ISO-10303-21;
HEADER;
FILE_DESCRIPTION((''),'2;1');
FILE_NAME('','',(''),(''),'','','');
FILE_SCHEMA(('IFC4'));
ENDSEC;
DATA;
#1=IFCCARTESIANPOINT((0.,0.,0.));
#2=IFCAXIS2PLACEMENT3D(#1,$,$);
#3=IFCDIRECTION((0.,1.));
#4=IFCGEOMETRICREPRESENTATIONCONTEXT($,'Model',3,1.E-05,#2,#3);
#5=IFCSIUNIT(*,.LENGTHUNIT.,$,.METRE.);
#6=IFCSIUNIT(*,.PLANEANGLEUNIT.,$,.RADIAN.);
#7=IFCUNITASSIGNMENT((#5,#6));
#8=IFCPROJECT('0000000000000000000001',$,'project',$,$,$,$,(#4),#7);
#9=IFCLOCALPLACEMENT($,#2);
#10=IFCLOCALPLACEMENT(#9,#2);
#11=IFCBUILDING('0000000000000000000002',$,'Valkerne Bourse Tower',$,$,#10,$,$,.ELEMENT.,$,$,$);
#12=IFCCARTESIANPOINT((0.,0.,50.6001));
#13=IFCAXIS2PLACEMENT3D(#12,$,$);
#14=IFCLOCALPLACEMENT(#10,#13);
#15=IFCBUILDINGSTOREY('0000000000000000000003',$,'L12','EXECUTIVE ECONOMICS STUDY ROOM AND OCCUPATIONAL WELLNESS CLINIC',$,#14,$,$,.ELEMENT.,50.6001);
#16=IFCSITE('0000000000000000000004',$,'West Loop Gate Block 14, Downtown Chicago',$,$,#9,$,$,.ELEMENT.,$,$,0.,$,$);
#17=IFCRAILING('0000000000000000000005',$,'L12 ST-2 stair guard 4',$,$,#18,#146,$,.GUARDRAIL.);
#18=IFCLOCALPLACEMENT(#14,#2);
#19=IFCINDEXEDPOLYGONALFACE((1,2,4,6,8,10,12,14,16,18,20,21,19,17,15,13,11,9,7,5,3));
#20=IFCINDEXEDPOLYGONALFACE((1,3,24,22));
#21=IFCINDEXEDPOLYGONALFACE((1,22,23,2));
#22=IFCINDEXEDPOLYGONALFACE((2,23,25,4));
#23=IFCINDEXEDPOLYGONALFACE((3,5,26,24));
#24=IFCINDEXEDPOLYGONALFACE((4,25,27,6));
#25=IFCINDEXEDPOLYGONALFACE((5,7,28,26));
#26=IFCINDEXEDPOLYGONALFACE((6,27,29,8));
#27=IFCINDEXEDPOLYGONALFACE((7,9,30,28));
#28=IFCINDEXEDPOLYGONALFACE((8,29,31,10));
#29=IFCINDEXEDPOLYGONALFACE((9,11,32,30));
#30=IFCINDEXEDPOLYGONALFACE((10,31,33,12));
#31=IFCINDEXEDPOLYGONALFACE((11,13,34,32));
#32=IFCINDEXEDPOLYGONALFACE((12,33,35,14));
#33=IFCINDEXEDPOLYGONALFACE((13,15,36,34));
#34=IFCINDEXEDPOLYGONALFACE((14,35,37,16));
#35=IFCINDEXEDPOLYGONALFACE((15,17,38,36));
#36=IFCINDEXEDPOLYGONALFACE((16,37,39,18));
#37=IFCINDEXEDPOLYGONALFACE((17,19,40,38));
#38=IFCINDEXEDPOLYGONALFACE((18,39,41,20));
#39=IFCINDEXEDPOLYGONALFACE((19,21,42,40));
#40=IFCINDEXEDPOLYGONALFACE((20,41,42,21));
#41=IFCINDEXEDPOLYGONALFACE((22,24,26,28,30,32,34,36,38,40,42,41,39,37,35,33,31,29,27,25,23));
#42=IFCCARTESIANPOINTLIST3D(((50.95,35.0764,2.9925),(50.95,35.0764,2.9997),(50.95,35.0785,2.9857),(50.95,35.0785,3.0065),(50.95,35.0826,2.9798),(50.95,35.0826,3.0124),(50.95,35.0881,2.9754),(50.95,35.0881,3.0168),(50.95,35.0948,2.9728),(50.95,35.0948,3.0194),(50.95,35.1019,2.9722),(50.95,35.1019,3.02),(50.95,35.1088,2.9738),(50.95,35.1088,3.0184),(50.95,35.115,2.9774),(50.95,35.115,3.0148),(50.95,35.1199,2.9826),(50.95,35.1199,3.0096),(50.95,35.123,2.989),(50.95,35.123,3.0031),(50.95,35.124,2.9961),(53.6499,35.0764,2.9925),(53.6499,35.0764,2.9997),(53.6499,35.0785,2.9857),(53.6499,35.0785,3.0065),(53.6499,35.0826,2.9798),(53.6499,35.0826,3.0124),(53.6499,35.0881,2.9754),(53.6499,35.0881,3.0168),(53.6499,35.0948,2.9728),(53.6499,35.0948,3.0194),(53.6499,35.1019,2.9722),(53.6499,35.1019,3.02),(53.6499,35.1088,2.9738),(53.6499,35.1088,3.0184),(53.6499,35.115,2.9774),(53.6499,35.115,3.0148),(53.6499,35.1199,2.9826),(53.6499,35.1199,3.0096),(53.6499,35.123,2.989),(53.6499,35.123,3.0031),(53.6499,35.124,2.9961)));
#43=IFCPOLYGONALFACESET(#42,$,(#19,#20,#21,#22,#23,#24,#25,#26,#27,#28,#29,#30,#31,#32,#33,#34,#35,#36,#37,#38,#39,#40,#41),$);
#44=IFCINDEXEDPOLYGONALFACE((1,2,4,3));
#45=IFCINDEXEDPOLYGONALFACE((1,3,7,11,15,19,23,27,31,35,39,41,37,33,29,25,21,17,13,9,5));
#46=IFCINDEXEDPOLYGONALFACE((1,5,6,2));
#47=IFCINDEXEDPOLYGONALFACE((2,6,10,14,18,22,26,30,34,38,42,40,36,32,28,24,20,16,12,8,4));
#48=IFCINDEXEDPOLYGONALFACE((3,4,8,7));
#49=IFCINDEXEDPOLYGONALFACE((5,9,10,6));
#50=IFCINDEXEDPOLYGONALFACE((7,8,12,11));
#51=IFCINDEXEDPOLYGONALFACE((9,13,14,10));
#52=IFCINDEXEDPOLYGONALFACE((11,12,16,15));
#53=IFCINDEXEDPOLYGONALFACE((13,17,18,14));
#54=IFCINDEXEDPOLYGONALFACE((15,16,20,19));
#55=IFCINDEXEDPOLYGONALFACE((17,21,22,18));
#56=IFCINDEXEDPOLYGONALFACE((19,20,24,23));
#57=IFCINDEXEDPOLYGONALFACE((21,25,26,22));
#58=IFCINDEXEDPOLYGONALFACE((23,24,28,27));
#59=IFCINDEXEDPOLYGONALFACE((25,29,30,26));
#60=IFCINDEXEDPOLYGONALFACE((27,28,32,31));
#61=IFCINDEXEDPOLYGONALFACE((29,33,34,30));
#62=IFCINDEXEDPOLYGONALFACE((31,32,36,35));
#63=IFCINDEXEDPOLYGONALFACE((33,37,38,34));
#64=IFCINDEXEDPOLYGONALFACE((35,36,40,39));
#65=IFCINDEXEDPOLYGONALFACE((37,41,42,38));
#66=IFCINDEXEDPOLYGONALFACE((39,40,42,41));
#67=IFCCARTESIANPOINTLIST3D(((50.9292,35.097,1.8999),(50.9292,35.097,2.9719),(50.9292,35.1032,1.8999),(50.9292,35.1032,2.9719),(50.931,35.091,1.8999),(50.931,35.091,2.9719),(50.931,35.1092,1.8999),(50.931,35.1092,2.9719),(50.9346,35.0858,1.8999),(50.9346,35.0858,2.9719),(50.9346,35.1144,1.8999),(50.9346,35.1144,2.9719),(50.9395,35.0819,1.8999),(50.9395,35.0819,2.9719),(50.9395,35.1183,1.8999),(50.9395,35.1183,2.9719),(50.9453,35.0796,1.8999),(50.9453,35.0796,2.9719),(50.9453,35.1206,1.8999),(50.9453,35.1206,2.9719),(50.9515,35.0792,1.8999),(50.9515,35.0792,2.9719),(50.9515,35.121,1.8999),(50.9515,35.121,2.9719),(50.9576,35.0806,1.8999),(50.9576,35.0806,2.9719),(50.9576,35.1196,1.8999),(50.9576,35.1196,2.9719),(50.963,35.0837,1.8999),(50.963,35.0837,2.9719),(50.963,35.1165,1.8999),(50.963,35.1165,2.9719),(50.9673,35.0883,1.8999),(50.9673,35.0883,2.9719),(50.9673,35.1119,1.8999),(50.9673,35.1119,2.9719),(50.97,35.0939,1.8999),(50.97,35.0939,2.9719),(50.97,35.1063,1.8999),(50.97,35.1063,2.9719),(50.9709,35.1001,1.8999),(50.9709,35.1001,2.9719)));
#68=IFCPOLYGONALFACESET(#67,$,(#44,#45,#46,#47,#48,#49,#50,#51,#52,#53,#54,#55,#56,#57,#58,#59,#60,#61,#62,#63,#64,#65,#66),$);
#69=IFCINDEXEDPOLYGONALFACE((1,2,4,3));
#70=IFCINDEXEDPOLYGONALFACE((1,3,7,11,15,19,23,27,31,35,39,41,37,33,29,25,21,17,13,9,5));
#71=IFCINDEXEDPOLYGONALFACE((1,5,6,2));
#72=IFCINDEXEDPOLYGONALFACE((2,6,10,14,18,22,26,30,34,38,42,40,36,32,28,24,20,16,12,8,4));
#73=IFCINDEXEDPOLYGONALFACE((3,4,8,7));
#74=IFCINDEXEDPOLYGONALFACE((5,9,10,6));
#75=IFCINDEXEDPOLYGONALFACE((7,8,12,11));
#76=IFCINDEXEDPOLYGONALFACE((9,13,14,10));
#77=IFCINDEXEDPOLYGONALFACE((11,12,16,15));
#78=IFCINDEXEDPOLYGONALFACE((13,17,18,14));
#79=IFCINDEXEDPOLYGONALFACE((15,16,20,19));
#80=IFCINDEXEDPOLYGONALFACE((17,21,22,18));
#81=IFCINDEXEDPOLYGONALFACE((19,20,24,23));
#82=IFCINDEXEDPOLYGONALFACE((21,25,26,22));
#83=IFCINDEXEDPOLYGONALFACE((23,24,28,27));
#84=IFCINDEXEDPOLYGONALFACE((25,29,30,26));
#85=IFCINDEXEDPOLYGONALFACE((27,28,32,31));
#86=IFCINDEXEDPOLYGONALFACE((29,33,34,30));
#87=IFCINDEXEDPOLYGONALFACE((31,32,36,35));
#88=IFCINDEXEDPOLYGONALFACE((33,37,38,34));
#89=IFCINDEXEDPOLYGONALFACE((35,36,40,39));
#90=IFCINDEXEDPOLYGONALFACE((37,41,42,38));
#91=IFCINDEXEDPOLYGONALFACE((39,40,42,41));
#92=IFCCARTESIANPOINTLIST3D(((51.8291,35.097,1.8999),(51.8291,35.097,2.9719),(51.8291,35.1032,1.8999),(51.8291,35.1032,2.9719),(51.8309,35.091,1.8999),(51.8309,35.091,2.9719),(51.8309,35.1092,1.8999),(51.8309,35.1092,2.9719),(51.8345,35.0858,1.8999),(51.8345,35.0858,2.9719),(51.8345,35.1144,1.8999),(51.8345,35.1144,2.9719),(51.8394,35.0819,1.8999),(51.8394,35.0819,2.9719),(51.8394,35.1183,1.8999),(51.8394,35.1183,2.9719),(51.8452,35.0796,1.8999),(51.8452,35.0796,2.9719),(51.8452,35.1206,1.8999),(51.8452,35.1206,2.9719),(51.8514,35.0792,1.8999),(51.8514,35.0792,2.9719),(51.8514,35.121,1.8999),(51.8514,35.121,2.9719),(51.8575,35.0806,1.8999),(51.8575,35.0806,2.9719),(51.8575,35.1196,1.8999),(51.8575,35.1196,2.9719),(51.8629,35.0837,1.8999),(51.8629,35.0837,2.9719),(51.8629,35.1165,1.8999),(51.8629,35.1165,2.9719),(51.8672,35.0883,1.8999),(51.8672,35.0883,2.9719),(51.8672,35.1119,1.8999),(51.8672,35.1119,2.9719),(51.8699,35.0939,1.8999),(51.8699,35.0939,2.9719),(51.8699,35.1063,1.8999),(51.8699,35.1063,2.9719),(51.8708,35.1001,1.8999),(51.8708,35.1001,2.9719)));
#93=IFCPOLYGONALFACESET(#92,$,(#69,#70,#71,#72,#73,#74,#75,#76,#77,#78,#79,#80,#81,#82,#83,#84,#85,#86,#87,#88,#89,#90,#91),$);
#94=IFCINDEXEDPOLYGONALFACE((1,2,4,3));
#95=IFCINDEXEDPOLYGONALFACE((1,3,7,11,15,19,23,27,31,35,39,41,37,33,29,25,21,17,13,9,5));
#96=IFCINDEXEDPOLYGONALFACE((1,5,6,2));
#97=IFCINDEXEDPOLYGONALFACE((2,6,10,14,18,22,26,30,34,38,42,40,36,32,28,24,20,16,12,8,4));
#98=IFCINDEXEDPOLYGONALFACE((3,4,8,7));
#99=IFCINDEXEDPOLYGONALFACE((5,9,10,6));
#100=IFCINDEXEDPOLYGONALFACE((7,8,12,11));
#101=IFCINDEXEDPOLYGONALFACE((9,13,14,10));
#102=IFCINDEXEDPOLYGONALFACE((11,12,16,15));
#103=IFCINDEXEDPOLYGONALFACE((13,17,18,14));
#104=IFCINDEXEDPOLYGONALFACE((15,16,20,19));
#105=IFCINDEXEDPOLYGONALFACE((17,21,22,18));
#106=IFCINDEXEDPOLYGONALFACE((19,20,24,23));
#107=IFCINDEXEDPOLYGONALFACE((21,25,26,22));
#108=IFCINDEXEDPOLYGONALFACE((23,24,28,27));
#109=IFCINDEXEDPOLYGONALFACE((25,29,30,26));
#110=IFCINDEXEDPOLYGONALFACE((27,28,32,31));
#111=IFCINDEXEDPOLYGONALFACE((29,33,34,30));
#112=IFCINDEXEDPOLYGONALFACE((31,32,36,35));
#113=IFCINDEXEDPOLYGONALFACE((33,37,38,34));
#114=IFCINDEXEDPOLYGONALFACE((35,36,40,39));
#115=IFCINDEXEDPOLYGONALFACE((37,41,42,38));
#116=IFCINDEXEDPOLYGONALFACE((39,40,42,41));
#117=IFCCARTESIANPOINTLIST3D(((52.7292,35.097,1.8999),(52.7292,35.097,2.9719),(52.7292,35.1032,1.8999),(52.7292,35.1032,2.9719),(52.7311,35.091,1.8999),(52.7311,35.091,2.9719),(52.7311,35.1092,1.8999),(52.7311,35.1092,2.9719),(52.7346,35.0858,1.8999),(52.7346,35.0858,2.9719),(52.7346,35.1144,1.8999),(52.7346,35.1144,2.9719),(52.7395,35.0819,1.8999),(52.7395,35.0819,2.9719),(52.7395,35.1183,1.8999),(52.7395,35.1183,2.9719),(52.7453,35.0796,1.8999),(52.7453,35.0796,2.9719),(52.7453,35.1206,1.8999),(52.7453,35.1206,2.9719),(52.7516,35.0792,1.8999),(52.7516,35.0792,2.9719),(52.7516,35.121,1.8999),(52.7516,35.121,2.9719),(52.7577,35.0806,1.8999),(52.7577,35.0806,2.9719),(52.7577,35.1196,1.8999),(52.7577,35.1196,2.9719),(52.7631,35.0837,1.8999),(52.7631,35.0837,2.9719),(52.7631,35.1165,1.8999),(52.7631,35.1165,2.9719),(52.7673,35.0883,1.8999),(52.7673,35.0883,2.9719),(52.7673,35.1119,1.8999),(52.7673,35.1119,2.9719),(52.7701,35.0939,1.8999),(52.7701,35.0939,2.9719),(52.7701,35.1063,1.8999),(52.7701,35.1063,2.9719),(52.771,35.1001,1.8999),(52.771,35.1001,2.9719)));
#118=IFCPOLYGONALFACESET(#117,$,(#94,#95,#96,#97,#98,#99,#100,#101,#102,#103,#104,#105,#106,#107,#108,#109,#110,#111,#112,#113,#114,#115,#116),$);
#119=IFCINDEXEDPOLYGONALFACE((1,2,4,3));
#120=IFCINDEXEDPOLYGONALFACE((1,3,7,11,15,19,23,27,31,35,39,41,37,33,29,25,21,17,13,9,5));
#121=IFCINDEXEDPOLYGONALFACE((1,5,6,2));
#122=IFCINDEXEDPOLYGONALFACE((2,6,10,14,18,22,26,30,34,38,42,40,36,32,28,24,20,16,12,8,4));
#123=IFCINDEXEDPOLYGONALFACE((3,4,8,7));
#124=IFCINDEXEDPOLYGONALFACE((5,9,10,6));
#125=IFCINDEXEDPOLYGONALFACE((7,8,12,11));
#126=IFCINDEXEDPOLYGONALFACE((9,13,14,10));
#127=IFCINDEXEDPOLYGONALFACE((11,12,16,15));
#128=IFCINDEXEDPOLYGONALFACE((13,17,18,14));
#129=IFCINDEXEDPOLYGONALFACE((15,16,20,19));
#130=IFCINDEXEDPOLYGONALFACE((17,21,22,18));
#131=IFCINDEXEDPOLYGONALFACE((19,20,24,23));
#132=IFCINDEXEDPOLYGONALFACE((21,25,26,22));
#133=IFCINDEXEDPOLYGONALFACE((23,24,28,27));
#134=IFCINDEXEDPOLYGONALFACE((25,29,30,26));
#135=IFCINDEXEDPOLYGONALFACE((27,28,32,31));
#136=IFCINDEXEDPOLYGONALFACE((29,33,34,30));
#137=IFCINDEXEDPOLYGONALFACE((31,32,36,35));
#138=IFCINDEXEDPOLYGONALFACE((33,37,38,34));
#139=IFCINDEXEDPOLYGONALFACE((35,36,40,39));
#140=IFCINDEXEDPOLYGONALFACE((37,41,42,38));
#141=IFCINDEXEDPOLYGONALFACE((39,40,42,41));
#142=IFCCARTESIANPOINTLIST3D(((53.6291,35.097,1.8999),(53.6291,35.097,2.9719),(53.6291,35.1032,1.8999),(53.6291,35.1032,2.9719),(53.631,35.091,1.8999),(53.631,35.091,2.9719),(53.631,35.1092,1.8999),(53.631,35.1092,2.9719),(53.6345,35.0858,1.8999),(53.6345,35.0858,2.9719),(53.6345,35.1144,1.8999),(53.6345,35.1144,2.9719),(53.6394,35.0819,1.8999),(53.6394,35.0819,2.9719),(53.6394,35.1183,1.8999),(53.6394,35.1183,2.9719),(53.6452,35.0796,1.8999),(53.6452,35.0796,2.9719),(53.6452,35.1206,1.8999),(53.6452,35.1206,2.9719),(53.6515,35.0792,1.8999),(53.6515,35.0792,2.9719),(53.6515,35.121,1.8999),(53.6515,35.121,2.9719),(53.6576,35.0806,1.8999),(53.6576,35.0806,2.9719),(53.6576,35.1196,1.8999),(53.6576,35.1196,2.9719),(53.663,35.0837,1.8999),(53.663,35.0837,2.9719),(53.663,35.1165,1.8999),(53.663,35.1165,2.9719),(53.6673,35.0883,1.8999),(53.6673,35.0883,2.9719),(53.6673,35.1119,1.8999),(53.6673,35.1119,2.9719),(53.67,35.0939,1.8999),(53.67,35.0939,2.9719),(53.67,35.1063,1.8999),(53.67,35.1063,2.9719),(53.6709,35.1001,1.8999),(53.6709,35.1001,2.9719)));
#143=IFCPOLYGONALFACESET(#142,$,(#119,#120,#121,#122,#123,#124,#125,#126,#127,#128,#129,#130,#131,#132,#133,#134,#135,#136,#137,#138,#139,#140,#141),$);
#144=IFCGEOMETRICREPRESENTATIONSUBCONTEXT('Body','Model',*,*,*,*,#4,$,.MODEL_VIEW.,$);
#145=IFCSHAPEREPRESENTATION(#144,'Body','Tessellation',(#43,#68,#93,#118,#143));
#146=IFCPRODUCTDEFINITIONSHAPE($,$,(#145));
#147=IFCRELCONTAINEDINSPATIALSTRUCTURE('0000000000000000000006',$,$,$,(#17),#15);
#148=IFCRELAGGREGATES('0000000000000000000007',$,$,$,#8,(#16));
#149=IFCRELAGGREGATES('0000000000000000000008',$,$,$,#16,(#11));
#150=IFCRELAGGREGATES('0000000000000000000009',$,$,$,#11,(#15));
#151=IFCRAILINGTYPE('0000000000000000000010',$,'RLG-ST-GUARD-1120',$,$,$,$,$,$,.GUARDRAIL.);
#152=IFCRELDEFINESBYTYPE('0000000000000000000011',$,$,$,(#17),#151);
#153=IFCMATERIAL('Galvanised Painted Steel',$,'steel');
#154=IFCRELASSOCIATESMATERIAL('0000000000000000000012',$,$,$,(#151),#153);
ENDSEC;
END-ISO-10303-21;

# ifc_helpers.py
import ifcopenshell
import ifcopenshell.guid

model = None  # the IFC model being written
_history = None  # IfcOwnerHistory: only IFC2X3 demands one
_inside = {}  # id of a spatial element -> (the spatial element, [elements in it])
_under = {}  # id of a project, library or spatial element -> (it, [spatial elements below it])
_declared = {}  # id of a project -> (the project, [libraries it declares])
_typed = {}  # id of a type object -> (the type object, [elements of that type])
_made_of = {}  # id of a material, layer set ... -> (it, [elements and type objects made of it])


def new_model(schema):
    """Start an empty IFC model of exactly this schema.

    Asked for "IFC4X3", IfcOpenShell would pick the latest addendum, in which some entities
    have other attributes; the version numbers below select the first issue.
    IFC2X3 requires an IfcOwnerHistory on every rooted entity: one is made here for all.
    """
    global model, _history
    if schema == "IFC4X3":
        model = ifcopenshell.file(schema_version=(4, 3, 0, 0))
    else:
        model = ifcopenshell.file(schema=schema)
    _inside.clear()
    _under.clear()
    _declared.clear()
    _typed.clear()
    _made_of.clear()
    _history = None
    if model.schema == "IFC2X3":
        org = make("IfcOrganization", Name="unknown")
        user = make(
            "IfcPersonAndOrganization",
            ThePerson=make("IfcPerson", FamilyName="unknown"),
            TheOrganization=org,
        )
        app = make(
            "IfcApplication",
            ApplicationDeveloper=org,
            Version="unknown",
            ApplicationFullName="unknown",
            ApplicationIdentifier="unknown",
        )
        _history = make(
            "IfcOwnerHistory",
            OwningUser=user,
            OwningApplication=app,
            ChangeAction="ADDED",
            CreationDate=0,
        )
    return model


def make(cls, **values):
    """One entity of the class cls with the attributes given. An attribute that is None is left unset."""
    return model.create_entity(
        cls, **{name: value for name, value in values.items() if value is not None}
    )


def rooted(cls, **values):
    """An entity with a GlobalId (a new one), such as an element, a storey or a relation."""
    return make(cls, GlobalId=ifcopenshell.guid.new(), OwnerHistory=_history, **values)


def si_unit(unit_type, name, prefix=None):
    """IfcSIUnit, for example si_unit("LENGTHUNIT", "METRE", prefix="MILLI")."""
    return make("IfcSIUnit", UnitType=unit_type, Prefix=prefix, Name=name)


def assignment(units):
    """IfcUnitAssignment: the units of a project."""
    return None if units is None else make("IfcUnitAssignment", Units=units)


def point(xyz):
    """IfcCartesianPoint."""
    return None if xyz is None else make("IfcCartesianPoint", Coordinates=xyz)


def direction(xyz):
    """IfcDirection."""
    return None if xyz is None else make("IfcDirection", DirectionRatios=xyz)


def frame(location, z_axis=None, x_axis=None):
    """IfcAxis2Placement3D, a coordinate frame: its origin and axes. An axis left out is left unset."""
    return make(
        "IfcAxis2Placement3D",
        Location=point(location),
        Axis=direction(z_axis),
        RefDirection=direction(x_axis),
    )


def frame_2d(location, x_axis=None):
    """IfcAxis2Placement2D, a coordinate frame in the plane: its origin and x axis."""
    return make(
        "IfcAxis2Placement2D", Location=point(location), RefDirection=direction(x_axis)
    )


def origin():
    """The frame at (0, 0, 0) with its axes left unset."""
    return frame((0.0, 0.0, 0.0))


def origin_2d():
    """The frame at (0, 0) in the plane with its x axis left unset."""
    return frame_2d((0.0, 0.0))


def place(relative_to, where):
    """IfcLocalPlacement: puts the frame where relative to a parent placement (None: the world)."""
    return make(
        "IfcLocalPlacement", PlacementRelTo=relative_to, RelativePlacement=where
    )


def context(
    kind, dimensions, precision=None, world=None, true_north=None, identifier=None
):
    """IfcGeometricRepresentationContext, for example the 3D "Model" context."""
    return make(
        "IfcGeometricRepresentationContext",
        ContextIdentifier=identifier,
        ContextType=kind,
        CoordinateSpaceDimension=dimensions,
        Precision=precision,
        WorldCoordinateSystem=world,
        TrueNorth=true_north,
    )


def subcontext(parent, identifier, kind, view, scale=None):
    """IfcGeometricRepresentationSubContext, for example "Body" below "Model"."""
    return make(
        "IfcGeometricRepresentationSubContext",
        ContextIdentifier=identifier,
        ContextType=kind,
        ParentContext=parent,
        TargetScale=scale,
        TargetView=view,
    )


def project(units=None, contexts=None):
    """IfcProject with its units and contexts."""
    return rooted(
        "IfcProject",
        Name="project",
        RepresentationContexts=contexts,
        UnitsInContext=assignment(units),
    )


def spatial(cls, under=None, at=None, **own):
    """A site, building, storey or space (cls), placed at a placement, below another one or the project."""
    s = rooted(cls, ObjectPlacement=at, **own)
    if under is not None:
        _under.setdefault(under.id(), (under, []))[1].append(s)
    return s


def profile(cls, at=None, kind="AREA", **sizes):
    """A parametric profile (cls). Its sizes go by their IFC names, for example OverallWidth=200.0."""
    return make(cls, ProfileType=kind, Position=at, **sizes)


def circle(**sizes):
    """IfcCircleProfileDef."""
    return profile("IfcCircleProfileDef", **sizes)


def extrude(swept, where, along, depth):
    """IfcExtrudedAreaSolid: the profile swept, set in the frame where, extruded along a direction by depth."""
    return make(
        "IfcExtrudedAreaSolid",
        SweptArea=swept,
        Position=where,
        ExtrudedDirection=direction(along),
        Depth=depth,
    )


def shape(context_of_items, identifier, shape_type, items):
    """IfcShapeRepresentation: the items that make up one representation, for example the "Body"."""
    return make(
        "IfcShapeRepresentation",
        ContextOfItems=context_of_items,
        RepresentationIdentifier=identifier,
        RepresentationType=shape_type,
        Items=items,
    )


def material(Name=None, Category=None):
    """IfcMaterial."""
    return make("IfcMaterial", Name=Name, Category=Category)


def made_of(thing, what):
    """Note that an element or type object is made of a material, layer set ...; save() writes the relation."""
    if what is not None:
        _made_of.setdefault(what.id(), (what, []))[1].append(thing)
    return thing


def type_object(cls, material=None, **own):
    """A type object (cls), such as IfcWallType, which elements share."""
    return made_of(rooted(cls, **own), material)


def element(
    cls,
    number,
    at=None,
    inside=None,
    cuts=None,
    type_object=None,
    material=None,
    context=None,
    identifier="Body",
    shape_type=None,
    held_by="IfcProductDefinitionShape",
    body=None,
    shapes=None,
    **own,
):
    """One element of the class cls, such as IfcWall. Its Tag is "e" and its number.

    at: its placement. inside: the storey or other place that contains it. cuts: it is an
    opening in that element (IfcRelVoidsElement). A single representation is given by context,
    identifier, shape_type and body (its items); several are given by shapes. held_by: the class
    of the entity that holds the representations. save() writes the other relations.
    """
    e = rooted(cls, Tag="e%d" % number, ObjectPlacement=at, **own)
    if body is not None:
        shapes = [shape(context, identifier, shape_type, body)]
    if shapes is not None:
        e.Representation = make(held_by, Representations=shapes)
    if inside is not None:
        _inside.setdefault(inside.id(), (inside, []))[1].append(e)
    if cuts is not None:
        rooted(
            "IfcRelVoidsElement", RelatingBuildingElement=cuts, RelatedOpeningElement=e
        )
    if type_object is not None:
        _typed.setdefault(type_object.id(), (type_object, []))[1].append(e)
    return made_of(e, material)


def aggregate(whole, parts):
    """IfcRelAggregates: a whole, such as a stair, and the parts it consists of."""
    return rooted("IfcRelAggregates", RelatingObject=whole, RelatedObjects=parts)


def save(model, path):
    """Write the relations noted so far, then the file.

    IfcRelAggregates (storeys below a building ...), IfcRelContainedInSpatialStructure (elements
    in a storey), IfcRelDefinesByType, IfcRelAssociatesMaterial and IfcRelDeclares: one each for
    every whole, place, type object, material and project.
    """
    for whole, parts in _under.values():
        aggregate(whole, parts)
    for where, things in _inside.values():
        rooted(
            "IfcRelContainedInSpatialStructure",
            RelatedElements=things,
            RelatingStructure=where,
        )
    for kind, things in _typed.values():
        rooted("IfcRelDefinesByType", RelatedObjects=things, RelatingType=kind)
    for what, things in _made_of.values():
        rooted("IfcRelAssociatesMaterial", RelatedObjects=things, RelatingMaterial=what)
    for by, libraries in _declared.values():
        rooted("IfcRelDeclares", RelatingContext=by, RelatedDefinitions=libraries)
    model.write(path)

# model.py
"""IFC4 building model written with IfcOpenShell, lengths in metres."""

from ifc_helpers import new_model, si_unit, direction, frame, origin, origin_2d, place, context, subcontext, project, spatial, circle, extrude, material, type_object, element, save


model = new_model("IFC4")

# Units and contexts
model_context = context("Model", 3, precision=1e-05, world=origin(), true_north=direction((0.0, 1.0)))
body_context = subcontext(model_context, "Body", "Model", "MODEL_VIEW")
ifc_project = project(units=[si_unit("LENGTHUNIT", "METRE"), si_unit("PLANEANGLEUNIT", "RADIAN")], contexts=[model_context])

# Site, building, storey
site_placement = place(None, origin())
site = spatial("IfcSite", under=ifc_project, at=site_placement, Name="West Loop Gate Block 14, Downtown Chicago", CompositionType="ELEMENT", RefElevation=0.0)
building_placement = place(site_placement, origin())
building = spatial("IfcBuilding", under=site, at=building_placement, Name="Valkerne Bourse Tower", CompositionType="ELEMENT")
storey_placement = place(building_placement, frame((0.0, 0.0, 50.6001)))
storey = spatial("IfcBuildingStorey", under=building, at=storey_placement, Name="L12", Description="EXECUTIVE ECONOMICS STUDY ROOM AND OCCUPATIONAL WELLNESS CLINIC", CompositionType="ELEMENT", Elevation=50.6001)

# Railing
ifc_material_1 = material(Name="Galvanised Painted Steel", Category="steel")
railing_type_1 = type_object("IfcRailingType", Name="RLG-ST-GUARD-1120", PredefinedType="GUARDRAIL", material=ifc_material_1)
for number, where, name in (
    (1, (50.95, 35.1001, 1.8999), "L12 ST-2 stair guard 4"),
):
    element("IfcRailing", number, at=place(storey_placement, frame(where)), inside=storey, type_object=railing_type_1, Name=name, PredefinedType="GUARDRAIL", context=body_context, shape_type="SweptSolid", body=[
        extrude(circle(Radius=0.0239, at=origin_2d()), frame((0.0, 0.0, 1.0962), z_axis=(1.0, 0.0, 0.0), x_axis=(0.0, 1.0, 0.0)), (0.0, 0.0, 1.0), 2.7),
        extrude(circle(Radius=0.021, at=origin_2d()), origin(), (0.0, 0.0, 1.0), 1.072),
        extrude(circle(Radius=0.021, at=origin_2d()), frame((0.8999, 0.0, 0.0)), (0.0, 0.0, 1.0), 1.072),
        extrude(circle(Radius=0.021, at=origin_2d()), frame((1.8, 0.0, 0.0)), (0.0, 0.0, 1.0), 1.072),
        extrude(circle(Radius=0.021, at=origin_2d()), frame((2.7, 0.0, 0.0)), (0.0, 0.0, 1.0), 1.072),
    ])

save(model, "model.ifc")
